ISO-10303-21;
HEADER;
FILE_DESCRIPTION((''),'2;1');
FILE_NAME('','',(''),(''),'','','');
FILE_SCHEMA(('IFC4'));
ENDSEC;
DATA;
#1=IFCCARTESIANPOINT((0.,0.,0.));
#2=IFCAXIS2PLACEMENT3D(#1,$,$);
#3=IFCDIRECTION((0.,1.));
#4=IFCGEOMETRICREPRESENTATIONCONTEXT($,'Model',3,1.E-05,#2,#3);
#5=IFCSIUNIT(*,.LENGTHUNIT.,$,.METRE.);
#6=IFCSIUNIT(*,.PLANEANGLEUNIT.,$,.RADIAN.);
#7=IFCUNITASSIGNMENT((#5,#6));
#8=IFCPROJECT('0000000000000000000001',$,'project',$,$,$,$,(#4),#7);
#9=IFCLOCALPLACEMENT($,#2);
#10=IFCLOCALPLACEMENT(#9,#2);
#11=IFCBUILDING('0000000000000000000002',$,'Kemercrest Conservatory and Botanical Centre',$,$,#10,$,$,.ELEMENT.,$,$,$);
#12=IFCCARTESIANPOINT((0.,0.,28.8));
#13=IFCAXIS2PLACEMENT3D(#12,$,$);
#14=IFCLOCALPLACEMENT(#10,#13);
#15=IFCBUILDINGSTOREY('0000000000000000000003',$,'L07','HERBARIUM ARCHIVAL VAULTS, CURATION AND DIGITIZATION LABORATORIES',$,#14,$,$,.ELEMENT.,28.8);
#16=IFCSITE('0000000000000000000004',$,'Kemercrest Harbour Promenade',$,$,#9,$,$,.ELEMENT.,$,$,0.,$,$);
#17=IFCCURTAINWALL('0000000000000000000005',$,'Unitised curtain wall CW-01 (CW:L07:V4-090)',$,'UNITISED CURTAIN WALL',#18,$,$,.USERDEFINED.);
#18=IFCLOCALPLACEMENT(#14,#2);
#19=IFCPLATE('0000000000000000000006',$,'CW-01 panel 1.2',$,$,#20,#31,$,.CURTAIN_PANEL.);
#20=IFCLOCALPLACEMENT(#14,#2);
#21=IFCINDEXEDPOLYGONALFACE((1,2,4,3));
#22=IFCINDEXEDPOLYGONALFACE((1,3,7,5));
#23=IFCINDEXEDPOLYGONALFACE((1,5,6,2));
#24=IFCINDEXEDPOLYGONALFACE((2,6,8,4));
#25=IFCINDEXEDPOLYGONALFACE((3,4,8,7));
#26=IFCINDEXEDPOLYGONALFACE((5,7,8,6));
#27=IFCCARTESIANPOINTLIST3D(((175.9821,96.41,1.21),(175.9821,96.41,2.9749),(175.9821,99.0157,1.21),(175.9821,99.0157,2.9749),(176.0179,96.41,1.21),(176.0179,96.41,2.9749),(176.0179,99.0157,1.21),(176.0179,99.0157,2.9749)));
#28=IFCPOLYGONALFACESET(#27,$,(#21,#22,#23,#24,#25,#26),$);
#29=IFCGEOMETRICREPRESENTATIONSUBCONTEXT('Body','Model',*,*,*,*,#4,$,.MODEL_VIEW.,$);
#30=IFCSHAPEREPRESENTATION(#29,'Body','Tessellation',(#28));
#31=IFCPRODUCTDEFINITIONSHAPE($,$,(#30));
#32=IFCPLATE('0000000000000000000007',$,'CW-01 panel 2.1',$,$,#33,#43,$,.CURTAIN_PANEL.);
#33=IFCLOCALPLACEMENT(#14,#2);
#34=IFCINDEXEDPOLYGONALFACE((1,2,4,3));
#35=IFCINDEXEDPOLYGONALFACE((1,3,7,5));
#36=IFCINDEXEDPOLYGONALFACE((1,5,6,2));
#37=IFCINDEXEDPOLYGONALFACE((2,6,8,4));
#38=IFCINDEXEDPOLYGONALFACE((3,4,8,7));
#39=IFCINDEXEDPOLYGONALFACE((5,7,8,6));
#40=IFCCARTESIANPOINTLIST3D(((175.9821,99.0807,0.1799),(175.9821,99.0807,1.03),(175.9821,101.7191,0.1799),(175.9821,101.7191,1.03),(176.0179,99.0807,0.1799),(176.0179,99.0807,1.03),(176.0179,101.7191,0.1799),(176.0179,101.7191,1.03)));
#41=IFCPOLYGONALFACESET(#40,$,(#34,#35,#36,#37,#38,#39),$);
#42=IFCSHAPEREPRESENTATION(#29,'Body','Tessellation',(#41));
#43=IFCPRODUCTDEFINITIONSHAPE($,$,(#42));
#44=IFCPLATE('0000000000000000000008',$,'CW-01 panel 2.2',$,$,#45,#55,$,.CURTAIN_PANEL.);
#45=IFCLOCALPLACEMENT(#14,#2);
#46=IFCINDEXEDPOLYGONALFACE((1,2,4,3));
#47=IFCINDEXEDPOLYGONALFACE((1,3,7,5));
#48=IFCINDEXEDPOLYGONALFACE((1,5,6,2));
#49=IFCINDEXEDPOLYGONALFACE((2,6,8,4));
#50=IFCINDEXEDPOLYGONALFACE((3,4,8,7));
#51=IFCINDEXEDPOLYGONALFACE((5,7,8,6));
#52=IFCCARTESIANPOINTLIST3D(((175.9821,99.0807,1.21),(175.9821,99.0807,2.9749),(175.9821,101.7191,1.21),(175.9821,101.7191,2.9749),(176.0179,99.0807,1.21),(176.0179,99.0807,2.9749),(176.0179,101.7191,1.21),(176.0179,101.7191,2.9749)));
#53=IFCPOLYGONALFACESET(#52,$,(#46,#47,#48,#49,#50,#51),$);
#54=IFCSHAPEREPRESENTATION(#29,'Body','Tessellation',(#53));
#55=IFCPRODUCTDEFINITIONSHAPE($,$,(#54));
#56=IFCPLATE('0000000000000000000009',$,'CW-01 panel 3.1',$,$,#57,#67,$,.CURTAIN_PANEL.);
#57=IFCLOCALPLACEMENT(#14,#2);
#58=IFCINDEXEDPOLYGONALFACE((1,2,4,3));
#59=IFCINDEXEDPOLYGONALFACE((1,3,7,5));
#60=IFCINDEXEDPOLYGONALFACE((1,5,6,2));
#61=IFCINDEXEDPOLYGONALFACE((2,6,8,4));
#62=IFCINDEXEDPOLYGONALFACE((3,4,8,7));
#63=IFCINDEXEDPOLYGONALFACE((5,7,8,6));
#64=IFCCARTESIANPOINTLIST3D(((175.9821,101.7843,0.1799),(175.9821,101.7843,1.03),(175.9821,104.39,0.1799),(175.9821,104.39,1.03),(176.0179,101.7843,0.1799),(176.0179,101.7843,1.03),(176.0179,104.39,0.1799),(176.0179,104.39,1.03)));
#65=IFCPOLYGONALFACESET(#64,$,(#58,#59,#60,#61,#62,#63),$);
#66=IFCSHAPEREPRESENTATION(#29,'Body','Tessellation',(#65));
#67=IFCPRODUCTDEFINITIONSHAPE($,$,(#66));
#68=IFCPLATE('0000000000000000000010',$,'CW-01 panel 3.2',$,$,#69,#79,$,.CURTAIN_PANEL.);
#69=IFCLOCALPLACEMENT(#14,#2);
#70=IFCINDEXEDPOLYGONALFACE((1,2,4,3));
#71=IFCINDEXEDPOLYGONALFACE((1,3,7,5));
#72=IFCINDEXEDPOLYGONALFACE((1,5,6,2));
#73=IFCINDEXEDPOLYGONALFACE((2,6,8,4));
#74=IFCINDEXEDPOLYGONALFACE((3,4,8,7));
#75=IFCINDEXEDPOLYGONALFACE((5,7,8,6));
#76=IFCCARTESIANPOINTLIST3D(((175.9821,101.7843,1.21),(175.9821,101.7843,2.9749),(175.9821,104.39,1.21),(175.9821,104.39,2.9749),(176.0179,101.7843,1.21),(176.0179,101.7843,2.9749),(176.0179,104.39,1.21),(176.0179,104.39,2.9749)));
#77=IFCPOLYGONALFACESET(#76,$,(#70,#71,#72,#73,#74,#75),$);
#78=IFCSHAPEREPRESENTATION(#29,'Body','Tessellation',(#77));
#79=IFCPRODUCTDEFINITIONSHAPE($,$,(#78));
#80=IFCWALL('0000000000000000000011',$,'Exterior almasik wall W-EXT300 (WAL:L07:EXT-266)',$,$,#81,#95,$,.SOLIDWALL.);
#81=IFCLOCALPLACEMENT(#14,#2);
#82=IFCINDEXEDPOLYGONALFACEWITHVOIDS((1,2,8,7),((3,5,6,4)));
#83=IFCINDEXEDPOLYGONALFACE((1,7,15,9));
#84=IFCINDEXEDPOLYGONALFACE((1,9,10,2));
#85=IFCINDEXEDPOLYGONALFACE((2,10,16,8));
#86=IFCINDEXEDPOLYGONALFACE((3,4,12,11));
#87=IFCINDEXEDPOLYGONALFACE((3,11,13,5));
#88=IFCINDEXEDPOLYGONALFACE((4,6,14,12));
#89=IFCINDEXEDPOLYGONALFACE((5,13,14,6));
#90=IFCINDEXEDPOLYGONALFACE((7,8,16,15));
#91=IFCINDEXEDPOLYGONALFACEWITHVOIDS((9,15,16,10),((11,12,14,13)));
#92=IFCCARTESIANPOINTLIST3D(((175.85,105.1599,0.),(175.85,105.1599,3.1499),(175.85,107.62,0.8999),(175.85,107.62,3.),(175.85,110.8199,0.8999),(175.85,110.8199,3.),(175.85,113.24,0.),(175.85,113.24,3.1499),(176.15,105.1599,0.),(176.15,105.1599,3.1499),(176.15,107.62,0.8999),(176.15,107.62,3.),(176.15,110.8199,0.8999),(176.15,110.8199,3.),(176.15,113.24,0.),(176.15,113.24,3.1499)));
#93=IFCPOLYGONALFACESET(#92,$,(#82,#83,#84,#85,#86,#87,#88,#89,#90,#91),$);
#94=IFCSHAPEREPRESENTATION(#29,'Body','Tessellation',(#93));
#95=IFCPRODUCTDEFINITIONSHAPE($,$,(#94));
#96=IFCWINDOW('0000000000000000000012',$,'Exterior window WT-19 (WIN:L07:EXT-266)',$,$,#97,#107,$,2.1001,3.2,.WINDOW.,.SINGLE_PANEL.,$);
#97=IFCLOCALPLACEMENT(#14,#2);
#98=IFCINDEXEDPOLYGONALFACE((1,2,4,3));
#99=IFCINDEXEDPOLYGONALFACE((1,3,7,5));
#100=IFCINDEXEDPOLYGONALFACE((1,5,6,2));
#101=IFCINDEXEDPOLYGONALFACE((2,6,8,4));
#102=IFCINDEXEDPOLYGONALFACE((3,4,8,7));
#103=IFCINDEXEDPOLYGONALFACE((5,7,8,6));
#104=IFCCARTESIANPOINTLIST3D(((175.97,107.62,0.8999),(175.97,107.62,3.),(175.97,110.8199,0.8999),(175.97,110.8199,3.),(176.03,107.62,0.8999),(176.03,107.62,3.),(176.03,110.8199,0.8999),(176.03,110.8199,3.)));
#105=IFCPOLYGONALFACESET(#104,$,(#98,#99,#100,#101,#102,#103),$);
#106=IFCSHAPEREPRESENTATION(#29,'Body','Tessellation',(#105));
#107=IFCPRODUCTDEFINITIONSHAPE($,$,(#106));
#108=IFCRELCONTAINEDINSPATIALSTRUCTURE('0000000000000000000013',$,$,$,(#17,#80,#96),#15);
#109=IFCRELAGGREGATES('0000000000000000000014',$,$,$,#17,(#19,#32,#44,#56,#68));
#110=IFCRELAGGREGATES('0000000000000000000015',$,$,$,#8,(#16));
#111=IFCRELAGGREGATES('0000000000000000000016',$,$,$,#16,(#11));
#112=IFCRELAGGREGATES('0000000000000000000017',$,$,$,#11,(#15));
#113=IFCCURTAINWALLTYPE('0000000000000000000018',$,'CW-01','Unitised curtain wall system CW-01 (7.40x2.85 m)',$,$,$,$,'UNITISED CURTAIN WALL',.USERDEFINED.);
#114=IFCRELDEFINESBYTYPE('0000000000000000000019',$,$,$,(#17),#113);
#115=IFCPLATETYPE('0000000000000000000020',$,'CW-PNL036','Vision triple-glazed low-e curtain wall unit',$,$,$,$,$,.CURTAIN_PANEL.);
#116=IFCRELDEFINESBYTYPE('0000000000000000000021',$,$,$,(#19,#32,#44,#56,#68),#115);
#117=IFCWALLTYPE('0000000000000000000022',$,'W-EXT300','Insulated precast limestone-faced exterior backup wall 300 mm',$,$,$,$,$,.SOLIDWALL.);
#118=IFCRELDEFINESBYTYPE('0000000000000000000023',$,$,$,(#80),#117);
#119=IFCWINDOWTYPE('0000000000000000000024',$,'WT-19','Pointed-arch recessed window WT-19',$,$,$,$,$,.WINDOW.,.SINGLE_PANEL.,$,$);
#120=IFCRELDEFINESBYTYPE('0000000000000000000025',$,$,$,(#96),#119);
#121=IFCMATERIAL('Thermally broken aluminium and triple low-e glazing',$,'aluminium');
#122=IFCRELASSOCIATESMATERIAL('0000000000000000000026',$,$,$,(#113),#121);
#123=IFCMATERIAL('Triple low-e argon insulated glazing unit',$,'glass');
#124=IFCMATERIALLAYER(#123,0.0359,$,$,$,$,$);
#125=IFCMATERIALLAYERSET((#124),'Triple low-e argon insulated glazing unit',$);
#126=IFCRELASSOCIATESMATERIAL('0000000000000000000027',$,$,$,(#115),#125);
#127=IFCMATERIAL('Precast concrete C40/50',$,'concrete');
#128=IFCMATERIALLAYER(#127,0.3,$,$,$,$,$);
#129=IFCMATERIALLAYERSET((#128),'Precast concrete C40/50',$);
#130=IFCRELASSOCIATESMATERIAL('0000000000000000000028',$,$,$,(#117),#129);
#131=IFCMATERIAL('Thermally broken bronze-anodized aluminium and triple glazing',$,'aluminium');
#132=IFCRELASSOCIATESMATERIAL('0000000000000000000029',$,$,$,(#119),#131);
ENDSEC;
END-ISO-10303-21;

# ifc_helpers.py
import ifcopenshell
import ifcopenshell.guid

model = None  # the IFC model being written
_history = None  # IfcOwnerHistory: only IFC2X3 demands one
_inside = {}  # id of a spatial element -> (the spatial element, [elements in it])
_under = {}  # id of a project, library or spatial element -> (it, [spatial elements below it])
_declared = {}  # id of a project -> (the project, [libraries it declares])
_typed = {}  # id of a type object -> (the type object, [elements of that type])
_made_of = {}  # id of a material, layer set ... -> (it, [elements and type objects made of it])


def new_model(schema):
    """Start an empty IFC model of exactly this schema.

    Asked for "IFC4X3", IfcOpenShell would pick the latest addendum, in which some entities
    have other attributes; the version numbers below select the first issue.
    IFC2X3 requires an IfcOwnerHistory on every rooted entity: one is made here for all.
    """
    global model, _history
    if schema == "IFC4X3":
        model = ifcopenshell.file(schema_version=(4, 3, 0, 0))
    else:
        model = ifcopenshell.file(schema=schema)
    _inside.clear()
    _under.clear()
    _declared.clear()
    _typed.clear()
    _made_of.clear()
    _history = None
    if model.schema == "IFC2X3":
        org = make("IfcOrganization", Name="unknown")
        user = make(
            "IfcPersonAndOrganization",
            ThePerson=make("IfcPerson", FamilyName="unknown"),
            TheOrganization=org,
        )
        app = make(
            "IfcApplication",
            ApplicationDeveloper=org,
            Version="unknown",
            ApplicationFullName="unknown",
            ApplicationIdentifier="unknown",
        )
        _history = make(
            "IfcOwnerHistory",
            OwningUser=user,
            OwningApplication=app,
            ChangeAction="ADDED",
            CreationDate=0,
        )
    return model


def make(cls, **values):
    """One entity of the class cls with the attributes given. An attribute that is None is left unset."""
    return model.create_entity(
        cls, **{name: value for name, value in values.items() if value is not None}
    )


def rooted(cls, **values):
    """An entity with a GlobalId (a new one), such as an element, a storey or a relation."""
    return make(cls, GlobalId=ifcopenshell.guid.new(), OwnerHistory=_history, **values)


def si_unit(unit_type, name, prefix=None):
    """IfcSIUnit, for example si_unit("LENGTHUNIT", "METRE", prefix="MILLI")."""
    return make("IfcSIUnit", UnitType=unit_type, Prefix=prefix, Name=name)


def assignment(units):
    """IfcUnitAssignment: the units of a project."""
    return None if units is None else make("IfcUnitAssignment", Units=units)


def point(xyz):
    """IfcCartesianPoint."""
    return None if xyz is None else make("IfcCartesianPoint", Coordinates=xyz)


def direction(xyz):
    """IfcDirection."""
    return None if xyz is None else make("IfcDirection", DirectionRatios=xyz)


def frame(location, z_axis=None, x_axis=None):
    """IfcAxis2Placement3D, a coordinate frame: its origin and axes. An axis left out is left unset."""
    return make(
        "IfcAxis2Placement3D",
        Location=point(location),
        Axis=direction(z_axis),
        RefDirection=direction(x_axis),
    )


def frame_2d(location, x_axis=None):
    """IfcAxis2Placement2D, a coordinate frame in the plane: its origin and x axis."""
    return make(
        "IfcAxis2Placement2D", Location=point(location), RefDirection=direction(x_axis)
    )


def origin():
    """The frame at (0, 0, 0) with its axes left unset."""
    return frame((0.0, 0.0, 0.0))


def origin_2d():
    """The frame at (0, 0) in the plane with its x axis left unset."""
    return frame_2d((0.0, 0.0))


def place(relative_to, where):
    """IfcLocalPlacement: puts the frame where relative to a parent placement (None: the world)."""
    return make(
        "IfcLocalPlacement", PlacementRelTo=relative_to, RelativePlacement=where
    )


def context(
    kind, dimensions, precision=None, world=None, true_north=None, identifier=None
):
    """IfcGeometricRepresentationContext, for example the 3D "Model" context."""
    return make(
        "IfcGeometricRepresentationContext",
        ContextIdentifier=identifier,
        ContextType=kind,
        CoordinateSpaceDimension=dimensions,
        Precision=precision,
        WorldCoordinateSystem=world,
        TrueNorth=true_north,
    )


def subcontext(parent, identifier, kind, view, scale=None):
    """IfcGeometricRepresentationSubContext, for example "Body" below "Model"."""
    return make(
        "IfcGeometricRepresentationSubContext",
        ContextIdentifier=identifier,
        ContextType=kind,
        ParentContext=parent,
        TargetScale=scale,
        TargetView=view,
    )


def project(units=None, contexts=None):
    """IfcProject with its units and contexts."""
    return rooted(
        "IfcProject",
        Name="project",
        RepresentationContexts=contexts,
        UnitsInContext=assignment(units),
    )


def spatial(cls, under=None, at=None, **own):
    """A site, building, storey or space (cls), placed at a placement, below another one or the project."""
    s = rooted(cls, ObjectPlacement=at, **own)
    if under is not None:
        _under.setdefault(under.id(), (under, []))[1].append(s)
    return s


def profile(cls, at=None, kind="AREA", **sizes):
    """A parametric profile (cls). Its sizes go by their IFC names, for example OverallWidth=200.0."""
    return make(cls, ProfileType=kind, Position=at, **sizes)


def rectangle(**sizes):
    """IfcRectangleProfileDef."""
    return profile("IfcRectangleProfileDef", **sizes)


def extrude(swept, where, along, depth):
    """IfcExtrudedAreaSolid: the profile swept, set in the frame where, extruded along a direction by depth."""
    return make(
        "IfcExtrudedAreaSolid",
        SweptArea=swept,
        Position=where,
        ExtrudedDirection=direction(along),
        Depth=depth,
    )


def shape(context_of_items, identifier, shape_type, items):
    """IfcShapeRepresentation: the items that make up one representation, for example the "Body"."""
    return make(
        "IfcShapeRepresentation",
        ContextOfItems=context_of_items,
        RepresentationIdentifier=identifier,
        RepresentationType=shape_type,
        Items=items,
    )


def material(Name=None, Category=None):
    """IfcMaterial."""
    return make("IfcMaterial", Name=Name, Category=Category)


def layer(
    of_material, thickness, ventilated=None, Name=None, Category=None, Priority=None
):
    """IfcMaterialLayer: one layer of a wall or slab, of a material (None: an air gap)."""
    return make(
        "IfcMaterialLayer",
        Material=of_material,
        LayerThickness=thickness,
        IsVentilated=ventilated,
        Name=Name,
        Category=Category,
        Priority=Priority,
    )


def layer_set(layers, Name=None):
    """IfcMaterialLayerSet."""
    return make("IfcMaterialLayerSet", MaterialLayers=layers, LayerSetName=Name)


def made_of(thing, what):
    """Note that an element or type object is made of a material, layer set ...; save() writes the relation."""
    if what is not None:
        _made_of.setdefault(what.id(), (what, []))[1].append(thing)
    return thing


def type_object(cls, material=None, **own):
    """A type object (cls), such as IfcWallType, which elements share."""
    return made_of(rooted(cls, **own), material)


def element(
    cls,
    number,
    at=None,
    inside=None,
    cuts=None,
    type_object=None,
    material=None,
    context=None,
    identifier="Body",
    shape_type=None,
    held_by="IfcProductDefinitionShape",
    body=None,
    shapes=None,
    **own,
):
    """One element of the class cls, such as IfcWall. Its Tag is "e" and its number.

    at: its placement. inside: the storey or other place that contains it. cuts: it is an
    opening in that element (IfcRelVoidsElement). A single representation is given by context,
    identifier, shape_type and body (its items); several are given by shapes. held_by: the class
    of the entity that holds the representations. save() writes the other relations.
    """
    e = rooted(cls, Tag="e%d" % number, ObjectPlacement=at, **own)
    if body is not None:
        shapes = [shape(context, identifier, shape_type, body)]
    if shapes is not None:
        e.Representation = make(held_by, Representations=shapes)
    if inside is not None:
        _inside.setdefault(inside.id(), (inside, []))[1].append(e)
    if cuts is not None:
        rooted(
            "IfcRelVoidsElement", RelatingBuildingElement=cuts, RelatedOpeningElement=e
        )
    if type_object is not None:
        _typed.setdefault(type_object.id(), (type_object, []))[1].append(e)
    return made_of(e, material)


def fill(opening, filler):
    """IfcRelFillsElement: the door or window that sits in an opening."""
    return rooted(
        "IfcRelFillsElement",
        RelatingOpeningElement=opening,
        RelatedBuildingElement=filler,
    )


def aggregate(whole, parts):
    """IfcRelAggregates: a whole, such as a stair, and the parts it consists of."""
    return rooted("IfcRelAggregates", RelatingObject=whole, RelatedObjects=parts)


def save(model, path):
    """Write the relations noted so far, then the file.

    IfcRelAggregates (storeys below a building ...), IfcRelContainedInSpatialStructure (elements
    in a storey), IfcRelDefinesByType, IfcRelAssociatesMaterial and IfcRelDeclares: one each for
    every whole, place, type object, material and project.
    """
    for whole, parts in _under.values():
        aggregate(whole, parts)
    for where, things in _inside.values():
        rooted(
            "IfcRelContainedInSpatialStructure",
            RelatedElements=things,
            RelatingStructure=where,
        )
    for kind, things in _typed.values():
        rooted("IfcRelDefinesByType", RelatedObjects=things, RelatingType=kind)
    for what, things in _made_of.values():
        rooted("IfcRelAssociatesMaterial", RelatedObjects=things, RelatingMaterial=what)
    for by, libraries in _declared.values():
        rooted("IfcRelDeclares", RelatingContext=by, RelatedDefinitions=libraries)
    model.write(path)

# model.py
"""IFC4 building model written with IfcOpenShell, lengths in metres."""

from ifc_helpers import new_model, si_unit, direction, frame, frame_2d, origin, origin_2d, place, context, subcontext, project, spatial, rectangle, extrude, material, layer, layer_set, type_object, element, fill, aggregate, save


model = new_model("IFC4")

# Units and contexts
model_context = context("Model", 3, precision=1e-05, world=origin(), true_north=direction((0.0, 1.0)))
body_context = subcontext(model_context, "Body", "Model", "MODEL_VIEW")
ifc_project = project(units=[si_unit("LENGTHUNIT", "METRE"), si_unit("PLANEANGLEUNIT", "RADIAN")], contexts=[model_context])

# Site, building, storey
site_placement = place(None, origin())
site = spatial("IfcSite", under=ifc_project, at=site_placement, Name="Kemercrest Harbour Promenade", CompositionType="ELEMENT", RefElevation=0.0)
building_placement = place(site_placement, origin())
building = spatial("IfcBuilding", under=site, at=building_placement, Name="Kemercrest Conservatory and Botanical Centre", CompositionType="ELEMENT")
storey_placement = place(building_placement, frame((0.0, 0.0, 28.8)))
storey = spatial("IfcBuildingStorey", under=building, at=storey_placement, Name="L07", Description="HERBARIUM ARCHIVAL VAULTS, CURATION AND DIGITIZATION LABORATORIES", CompositionType="ELEMENT", Elevation=28.8)

# Curtain wall
ifc_material_1 = material(Name="Thermally broken aluminium and triple low-e glazing", Category="aluminium")
curtain_wall_type = type_object("IfcCurtainWallType", Name="CW-01", Description="Unitised curtain wall system CW-01 (7.40x2.85 m)", ElementType="UNITISED CURTAIN WALL", PredefinedType="USERDEFINED", material=ifc_material_1)
curtain_wall_placement = place(storey_placement, origin())
curtain_wall = element("IfcCurtainWall", 1, at=curtain_wall_placement, inside=storey, type_object=curtain_wall_type, Name="Unitised curtain wall CW-01 (CW:L07:V4-090)", ObjectType="UNITISED CURTAIN WALL", PredefinedType="USERDEFINED")

# Plates
ifc_material_2 = material(Name="Triple low-e argon insulated glazing unit", Category="glass")
ifc_layer_1 = layer(ifc_material_2, 0.0359)
ifc_layer_set_1 = layer_set([ifc_layer_1], Name="Triple low-e argon insulated glazing unit")
plate_type = type_object("IfcPlateType", Name="CW-PNL036", Description="Vision triple-glazed low-e curtain wall unit", PredefinedType="CURTAIN_PANEL", material=ifc_layer_set_1)
plate_1_placement = place(storey_placement, frame((176.0, 97.7129, 1.21), z_axis=(0.0, 0.0, 1.0), x_axis=(0.0, 1.0, 0.0)))
plate_1 = element("IfcPlate", 2, at=plate_1_placement, type_object=plate_type, Name="CW-01 panel 1.2", PredefinedType="CURTAIN_PANEL", context=body_context, shape_type="SweptSolid", body=[
    extrude(rectangle(XDim=2.6057, YDim=0.0359, at=origin_2d()), origin(), (0.0, 0.0, 1.0), 1.7649),
])
plate_2_placement = place(storey_placement, frame((176.0, 100.3999, 0.1799), z_axis=(0.0, 0.0, 1.0), x_axis=(0.0, 1.0, 0.0)))
plate_2 = element("IfcPlate", 3, at=plate_2_placement, type_object=plate_type, Name="CW-01 panel 2.1", PredefinedType="CURTAIN_PANEL", context=body_context, shape_type="SweptSolid", body=[
    extrude(rectangle(XDim=2.6384, YDim=0.0359, at=origin_2d()), origin(), (0.0, 0.0, 1.0), 0.8501),
])
plate_3_placement = place(storey_placement, frame((176.0, 100.3999, 1.21), z_axis=(0.0, 0.0, 1.0), x_axis=(0.0, 1.0, 0.0)))
plate_3 = element("IfcPlate", 4, at=plate_3_placement, type_object=plate_type, Name="CW-01 panel 2.2", PredefinedType="CURTAIN_PANEL", context=body_context, shape_type="SweptSolid", body=[
    extrude(rectangle(XDim=2.6384, YDim=0.0359, at=origin_2d()), origin(), (0.0, 0.0, 1.0), 1.7649),
])
plate_4_placement = place(storey_placement, frame((176.0, 103.0872, 0.1799), z_axis=(0.0, 0.0, 1.0), x_axis=(0.0, 1.0, 0.0)))
plate_4 = element("IfcPlate", 5, at=plate_4_placement, type_object=plate_type, Name="CW-01 panel 3.1", PredefinedType="CURTAIN_PANEL", context=body_context, shape_type="SweptSolid", body=[
    extrude(rectangle(XDim=2.6057, YDim=0.0359, at=origin_2d()), origin(), (0.0, 0.0, 1.0), 0.8501),
])
plate_5_placement = place(storey_placement, frame((176.0, 103.0872, 1.21), z_axis=(0.0, 0.0, 1.0), x_axis=(0.0, 1.0, 0.0)))
plate_5 = element("IfcPlate", 6, at=plate_5_placement, type_object=plate_type, Name="CW-01 panel 3.2", PredefinedType="CURTAIN_PANEL", context=body_context, shape_type="SweptSolid", body=[
    extrude(rectangle(XDim=2.6057, YDim=0.0359, at=origin_2d()), origin(), (0.0, 0.0, 1.0), 1.7649),
])
aggregate(curtain_wall, [plate_1, plate_2, plate_3, plate_4, plate_5])

# Wall, opening, window
ifc_material_3 = material(Name="Precast concrete C40/50", Category="concrete")
ifc_layer_2 = layer(ifc_material_3, 0.3)
ifc_layer_set_2 = layer_set([ifc_layer_2], Name="Precast concrete C40/50")
wall_type = type_object("IfcWallType", Name="W-EXT300", Description="Insulated precast limestone-faced exterior backup wall 300 mm", PredefinedType="SOLIDWALL", material=ifc_layer_set_2)
wall_placement = place(storey_placement, frame((176.0, 105.1599, 0.0), z_axis=(0.0, 0.0, 1.0), x_axis=(0.0, 1.0, 0.0)))
wall = element("IfcWall", 7, at=wall_placement, inside=storey, type_object=wall_type, Name="Exterior almasik wall W-EXT300 (WAL:L07:EXT-266)", PredefinedType="SOLIDWALL", context=body_context, shape_type="SweptSolid", body=[
    extrude(rectangle(XDim=8.0801, YDim=0.3, at=frame_2d((4.04, 0.0))), origin(), (0.0, 0.0, 1.0), 3.1499),
])
opening_placement = place(wall_placement, frame((2.46, 0.0, 0.8999)))
opening = element("IfcOpeningElement", 8, at=opening_placement, cuts=wall, PredefinedType="OPENING", context=body_context, shape_type="SweptSolid", body=[
    extrude(rectangle(XDim=3.2, YDim=2.1001, at=frame_2d((1.6001, 1.05))), frame((0.0, 0.1602, 0.0), z_axis=(0.0, -1.0, 0.0), x_axis=(1.0, 0.0, 0.0)), (0.0, 0.0, 1.0), 0.3201),
])
ifc_material_4 = material(Name="Thermally broken bronze-anodized aluminium and triple glazing", Category="aluminium")
window_type = type_object("IfcWindowType", Name="WT-19", Description="Pointed-arch recessed window WT-19", PartitioningType="SINGLE_PANEL", PredefinedType="WINDOW", material=ifc_material_4)
window_placement = place(opening_placement, origin())
window = element("IfcWindow", 9, at=window_placement, inside=storey, type_object=window_type, Name="Exterior window WT-19 (WIN:L07:EXT-266)", OverallHeight=2.1001, OverallWidth=3.2, PartitioningType="SINGLE_PANEL", PredefinedType="WINDOW", context=body_context, shape_type="SweptSolid", body=[
    extrude(rectangle(XDim=3.2, YDim=2.1001, at=frame_2d((1.6001, 1.05))), frame((0.0, 0.03, 0.0), z_axis=(0.0, -1.0, 0.0), x_axis=(1.0, 0.0, 0.0)), (0.0, 0.0, 1.0), 0.0601),
])
fill(opening, window)

save(model, "model.ifc")
